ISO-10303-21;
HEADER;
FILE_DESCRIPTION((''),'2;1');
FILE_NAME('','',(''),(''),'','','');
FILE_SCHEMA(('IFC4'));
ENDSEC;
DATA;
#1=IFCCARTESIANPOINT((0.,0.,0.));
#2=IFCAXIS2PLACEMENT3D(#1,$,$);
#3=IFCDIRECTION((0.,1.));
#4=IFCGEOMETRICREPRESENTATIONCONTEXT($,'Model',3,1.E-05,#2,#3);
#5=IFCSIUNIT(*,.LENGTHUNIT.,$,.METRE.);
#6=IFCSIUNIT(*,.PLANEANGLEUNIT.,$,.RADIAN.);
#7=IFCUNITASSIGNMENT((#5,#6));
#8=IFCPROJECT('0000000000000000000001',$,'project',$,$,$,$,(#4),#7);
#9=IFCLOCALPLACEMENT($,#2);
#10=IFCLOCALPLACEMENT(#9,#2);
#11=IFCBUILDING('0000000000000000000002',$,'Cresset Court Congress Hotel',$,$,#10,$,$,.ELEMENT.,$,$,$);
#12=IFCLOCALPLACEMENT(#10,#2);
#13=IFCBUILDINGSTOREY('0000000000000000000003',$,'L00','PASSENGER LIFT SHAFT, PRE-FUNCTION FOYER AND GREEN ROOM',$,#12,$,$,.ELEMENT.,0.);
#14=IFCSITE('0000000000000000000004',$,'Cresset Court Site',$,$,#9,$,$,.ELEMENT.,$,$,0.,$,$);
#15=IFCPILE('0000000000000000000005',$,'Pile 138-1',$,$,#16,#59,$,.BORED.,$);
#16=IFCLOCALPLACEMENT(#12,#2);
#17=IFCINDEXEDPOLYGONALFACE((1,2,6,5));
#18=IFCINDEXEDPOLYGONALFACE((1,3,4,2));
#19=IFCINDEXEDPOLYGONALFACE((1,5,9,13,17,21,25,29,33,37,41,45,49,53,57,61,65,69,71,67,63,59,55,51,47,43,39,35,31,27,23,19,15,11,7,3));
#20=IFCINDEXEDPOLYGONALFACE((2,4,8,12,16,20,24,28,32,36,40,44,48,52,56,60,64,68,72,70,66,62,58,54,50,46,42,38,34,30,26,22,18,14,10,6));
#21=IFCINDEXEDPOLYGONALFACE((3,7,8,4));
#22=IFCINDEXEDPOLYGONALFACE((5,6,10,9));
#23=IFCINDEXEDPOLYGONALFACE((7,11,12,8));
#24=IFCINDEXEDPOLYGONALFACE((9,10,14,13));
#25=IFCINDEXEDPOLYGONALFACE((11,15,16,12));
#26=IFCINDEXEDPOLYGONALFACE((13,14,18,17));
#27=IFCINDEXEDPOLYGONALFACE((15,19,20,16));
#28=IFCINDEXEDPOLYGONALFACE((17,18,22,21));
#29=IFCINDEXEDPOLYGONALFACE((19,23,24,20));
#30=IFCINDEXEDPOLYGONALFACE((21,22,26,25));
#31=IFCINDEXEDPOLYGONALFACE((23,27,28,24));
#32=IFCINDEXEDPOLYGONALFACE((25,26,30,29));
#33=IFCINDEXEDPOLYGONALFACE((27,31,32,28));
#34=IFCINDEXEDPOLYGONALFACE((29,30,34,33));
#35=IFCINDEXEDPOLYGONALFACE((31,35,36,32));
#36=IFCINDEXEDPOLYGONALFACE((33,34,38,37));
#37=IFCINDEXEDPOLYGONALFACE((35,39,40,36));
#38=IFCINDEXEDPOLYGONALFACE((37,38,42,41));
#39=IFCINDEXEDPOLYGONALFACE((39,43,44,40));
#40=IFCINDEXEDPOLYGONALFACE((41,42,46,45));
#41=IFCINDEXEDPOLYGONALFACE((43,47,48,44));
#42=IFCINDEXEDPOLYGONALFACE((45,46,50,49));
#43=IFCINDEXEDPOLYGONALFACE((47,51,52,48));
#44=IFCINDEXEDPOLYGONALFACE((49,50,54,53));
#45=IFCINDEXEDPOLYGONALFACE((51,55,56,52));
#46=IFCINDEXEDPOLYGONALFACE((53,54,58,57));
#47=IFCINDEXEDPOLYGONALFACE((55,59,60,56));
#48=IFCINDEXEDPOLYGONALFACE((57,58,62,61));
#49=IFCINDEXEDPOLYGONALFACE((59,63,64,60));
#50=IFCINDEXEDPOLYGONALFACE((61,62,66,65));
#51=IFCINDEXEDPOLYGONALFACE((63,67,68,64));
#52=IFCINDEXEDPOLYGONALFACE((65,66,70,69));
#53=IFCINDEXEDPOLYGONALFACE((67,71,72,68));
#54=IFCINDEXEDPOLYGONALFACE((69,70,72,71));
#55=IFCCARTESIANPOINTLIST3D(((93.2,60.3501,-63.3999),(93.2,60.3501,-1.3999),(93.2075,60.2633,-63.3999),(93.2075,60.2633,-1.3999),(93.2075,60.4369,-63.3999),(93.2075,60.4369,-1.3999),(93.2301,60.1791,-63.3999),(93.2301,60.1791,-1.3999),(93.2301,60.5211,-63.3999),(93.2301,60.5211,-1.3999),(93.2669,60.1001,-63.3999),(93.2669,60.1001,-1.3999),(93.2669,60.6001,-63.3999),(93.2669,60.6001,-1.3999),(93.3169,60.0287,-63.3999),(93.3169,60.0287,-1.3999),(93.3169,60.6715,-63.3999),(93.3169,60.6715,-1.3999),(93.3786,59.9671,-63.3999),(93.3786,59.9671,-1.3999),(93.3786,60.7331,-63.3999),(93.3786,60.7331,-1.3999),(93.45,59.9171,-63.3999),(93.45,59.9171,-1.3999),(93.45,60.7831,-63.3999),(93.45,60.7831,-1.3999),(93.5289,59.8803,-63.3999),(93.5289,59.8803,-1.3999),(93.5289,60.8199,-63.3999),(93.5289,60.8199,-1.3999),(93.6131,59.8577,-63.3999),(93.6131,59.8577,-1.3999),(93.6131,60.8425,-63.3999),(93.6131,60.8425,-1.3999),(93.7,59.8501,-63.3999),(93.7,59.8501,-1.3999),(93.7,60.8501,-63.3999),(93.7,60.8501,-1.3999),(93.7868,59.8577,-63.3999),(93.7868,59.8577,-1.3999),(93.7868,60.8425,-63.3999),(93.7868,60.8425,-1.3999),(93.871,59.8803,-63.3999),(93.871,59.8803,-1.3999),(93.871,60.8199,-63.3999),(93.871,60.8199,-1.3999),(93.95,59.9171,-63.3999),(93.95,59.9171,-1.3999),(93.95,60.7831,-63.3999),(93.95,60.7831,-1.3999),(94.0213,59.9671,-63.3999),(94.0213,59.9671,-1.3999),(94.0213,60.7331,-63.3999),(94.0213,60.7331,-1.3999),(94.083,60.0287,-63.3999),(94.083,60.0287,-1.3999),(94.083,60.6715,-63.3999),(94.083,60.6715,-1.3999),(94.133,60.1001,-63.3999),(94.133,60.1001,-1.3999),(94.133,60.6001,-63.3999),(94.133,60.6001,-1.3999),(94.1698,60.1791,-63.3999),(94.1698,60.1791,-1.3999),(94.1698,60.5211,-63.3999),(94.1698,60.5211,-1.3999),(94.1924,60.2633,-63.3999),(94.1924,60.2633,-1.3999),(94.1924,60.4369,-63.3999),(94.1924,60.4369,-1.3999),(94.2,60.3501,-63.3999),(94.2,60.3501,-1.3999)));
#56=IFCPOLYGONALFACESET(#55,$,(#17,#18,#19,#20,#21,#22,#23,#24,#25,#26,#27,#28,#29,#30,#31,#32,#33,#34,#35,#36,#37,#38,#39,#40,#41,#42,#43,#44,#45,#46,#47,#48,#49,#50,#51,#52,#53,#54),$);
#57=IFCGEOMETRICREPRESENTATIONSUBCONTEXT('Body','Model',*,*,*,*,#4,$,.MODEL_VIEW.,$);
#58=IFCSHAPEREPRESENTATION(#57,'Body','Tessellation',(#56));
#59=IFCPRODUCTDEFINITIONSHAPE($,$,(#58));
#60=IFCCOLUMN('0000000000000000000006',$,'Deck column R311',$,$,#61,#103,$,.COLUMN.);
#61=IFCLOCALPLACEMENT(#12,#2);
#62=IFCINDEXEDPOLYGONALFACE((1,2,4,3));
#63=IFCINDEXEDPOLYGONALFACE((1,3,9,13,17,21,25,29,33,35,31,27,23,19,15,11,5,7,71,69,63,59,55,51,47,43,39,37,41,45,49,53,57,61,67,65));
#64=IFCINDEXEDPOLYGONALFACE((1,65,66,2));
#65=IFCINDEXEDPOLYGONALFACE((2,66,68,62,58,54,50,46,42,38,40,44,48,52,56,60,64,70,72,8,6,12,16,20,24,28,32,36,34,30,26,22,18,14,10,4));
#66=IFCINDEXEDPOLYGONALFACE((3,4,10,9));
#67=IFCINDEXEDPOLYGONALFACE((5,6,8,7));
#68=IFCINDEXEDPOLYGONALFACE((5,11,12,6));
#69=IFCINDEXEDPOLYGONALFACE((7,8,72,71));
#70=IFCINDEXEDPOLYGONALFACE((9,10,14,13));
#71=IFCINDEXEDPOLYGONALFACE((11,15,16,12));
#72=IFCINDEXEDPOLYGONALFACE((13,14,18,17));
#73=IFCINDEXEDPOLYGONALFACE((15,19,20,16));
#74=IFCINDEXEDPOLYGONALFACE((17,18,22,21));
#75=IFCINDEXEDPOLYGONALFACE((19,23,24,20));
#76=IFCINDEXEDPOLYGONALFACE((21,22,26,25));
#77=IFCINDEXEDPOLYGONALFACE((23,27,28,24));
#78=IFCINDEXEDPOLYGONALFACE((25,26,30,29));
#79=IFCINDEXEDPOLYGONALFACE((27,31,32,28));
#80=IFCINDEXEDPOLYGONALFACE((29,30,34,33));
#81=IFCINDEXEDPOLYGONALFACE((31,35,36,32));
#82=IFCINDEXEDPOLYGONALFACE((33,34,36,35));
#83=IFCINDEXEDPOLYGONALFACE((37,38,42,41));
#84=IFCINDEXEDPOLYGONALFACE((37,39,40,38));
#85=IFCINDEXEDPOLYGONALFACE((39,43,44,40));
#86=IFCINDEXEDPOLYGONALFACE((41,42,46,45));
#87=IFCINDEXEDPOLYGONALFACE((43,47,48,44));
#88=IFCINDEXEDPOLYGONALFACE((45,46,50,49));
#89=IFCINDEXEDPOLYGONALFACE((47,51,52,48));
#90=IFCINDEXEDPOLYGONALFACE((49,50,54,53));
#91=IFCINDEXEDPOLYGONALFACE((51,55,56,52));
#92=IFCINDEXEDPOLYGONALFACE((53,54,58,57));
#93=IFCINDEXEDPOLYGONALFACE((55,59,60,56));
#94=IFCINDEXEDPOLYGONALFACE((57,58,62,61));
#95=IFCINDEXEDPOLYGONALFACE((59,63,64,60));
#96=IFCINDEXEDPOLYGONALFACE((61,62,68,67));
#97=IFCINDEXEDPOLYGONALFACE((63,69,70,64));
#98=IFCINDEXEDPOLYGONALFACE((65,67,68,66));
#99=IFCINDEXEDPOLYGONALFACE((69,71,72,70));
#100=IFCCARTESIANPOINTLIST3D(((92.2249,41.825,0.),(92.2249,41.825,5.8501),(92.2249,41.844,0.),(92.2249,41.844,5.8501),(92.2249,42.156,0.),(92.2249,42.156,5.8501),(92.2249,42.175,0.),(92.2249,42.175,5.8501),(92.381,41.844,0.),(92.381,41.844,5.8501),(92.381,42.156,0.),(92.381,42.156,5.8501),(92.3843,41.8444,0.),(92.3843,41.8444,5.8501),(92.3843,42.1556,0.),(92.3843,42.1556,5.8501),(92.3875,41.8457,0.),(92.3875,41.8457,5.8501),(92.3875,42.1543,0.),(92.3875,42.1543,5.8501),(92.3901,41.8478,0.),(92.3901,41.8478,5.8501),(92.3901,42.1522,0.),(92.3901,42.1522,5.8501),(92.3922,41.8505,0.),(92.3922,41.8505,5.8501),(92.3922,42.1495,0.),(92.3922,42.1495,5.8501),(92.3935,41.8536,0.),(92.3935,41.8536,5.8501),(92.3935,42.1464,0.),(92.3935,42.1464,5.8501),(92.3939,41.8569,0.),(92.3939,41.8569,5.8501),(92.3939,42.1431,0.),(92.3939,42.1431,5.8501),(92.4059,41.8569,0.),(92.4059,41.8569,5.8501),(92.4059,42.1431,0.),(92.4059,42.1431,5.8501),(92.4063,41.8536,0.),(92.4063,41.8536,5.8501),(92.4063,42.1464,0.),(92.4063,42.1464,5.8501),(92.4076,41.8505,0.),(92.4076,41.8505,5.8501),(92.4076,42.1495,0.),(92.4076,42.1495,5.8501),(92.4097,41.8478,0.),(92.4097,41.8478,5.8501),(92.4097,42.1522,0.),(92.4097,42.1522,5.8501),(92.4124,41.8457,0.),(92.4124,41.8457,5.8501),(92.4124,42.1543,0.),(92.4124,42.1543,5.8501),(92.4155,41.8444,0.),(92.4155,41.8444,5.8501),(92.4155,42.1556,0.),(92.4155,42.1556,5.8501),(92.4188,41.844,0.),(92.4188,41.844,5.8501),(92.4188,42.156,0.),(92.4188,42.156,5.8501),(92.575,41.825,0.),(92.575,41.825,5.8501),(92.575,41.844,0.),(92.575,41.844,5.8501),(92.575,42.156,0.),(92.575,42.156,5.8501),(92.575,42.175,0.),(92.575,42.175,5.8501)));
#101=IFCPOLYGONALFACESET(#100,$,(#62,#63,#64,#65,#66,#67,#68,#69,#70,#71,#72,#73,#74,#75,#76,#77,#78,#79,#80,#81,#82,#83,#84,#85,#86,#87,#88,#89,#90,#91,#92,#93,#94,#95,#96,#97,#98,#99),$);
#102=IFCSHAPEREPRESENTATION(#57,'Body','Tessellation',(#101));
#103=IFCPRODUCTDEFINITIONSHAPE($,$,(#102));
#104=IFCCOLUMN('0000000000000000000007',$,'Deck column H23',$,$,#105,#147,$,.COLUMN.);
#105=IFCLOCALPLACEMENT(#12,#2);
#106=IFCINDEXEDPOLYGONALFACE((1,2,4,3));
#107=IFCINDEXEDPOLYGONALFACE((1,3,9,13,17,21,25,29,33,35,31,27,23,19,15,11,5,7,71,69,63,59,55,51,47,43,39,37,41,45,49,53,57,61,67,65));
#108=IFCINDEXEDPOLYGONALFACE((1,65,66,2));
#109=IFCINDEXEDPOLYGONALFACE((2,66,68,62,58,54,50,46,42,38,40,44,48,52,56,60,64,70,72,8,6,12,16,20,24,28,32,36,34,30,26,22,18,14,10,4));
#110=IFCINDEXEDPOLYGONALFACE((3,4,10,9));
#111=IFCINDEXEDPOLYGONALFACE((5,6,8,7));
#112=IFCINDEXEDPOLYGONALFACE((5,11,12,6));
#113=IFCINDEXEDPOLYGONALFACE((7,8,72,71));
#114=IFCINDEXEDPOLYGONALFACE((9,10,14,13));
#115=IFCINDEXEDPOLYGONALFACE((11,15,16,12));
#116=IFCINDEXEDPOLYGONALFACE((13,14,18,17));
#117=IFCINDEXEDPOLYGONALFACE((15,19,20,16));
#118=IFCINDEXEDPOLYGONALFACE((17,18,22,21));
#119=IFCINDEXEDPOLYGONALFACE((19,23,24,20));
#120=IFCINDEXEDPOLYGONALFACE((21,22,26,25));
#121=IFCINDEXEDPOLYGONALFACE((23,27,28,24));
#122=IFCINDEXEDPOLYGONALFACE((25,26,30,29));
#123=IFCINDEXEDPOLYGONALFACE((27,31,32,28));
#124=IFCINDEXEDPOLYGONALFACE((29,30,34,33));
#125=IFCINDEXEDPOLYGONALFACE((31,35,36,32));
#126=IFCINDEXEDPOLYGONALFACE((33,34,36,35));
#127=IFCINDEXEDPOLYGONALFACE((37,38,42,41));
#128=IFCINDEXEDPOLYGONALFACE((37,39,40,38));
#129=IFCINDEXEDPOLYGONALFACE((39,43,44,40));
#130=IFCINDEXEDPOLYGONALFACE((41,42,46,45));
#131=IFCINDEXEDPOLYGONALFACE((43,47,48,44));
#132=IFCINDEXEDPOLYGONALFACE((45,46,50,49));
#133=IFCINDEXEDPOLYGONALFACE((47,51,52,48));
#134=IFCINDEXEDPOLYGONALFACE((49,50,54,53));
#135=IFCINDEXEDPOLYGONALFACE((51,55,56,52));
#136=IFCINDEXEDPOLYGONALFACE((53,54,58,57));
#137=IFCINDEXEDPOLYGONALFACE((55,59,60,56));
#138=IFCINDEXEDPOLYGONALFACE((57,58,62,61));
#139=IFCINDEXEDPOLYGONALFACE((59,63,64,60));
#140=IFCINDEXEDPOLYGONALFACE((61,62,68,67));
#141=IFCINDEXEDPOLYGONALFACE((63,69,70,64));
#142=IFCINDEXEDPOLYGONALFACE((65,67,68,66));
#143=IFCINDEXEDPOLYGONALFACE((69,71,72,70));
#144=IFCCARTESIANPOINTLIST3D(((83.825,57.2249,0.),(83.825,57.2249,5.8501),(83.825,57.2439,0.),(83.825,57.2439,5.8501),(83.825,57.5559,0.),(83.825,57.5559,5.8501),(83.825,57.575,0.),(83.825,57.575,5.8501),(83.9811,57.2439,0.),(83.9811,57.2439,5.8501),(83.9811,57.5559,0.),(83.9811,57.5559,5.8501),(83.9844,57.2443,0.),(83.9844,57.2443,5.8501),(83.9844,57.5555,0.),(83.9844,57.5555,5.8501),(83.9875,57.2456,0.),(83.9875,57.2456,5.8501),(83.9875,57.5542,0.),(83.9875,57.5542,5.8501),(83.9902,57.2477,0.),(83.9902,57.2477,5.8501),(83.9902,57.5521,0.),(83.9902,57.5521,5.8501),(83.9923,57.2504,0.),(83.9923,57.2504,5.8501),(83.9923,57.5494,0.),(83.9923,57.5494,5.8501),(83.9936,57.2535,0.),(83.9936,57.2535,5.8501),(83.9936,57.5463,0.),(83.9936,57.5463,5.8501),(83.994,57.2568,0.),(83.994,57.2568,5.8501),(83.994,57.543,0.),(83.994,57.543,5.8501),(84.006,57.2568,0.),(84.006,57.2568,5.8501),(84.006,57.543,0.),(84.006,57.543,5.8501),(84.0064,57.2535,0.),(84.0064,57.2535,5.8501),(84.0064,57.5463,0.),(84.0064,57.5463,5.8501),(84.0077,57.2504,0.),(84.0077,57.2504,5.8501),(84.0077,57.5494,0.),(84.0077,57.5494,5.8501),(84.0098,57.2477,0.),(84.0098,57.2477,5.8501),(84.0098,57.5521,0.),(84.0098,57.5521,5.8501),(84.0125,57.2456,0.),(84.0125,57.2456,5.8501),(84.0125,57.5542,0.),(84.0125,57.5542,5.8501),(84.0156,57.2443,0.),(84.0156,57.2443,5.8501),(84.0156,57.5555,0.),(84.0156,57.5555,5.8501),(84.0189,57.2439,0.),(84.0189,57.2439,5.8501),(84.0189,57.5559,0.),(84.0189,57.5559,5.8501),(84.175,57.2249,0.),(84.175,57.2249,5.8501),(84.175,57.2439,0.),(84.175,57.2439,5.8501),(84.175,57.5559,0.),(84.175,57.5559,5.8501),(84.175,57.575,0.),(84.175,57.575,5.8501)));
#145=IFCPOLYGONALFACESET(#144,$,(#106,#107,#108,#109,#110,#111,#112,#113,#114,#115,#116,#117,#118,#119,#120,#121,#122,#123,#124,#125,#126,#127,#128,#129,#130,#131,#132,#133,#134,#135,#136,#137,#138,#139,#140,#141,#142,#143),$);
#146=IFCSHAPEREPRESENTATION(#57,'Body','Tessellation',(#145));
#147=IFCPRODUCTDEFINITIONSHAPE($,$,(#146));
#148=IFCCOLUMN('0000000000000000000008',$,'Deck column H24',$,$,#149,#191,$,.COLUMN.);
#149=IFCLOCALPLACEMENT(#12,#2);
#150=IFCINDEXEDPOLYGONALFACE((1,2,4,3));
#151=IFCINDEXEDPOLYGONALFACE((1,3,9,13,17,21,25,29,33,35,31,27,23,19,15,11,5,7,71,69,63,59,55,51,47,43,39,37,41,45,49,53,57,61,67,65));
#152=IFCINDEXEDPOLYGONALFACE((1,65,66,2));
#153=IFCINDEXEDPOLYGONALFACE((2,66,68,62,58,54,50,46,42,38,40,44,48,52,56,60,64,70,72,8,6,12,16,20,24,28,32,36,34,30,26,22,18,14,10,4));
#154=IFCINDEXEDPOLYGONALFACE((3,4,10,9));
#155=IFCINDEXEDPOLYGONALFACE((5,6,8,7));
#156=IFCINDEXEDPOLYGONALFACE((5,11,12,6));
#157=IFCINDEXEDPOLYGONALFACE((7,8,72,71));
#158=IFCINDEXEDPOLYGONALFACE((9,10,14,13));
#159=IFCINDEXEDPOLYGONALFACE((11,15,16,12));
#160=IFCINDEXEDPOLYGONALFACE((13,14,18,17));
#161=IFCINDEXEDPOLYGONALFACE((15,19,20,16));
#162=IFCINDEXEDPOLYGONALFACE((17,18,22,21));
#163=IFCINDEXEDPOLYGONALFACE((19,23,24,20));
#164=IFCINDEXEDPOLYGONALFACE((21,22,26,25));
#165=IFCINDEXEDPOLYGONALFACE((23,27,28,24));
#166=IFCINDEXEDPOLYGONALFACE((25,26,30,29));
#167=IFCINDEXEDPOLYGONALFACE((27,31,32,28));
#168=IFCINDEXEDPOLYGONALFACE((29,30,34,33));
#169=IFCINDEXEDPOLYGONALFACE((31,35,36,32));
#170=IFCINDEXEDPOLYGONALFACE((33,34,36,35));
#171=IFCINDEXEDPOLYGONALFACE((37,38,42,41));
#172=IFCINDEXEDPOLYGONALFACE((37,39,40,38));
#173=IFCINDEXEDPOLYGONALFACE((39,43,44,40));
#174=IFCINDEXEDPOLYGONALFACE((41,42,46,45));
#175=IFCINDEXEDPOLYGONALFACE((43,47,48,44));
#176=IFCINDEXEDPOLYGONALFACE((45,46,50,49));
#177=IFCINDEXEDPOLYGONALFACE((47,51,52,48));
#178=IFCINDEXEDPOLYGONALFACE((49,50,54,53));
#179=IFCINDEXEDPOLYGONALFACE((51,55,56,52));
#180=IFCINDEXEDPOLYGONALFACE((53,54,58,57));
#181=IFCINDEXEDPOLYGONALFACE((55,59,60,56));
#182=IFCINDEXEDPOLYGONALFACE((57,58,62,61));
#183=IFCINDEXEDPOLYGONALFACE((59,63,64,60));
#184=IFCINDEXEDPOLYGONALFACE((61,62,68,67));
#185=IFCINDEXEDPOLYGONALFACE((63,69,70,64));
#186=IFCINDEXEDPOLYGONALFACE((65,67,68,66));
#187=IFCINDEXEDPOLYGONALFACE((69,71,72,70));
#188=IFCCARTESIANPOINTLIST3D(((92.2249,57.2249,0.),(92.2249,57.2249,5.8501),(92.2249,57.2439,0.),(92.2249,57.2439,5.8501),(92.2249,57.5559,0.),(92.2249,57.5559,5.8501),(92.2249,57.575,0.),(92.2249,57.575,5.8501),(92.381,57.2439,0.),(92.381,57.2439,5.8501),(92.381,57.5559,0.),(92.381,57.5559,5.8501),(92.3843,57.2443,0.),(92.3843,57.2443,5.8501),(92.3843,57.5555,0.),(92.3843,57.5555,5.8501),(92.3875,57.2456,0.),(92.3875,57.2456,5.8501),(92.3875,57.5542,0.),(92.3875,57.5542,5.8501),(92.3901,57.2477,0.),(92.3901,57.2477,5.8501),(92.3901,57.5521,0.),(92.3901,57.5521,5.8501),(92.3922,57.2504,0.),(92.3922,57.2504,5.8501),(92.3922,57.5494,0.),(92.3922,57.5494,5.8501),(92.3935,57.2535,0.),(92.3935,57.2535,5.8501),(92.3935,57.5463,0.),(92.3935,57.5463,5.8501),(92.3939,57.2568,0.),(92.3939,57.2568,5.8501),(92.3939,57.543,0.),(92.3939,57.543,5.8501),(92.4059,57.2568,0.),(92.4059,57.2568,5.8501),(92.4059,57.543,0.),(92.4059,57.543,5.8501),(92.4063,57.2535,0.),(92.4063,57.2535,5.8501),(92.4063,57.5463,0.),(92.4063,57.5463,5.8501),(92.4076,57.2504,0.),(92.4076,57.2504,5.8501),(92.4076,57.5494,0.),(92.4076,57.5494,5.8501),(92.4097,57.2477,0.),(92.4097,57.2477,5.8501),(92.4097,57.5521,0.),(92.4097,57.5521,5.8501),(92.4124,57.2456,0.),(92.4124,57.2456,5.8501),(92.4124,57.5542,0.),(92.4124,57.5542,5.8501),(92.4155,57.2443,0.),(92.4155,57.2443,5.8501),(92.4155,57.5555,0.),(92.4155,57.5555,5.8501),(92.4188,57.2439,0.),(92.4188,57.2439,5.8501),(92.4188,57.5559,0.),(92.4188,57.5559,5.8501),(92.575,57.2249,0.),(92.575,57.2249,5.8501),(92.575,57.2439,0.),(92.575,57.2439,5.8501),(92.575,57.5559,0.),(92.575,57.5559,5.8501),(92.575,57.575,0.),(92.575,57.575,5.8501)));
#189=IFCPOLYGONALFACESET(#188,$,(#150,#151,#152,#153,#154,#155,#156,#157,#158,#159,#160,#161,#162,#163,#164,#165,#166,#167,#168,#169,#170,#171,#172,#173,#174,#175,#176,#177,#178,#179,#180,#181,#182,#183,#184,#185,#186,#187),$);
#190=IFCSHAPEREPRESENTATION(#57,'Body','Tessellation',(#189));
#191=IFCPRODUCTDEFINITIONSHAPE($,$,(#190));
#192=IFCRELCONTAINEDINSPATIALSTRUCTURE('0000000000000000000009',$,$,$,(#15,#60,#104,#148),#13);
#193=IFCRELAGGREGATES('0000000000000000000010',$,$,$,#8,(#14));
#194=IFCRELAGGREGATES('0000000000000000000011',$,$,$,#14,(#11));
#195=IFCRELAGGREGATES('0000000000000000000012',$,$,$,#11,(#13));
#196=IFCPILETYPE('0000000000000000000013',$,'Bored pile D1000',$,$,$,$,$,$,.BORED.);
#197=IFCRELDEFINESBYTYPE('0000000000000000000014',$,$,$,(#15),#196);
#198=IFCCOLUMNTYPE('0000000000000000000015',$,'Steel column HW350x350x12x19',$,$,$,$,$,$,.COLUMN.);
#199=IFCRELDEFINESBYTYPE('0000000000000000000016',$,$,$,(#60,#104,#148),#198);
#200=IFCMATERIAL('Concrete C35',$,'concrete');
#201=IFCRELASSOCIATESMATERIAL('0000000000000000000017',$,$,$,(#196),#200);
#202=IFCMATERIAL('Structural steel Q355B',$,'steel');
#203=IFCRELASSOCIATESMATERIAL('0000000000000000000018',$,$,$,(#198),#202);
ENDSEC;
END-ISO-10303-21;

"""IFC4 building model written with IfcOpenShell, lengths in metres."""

from ifc_helpers import new_model, si_unit, direction, frame, origin, origin_2d, place, context, subcontext, project, spatial, circle, i_section, extrude, material, material_profile, profile_set, type_object, element, save


model = new_model("IFC4")

# Units and contexts
model_context = context("Model", 3, precision=1e-05, world=origin(), true_north=direction((0.0, 1.0)))
body_context = subcontext(model_context, "Body", "Model", "MODEL_VIEW")
ifc_project = project(units=[si_unit("LENGTHUNIT", "METRE"), si_unit("PLANEANGLEUNIT", "RADIAN")], contexts=[model_context])

# Site, building, storey
site_placement = place(None, origin())
site = spatial("IfcSite", under=ifc_project, at=site_placement, Name="Cresset Court Site", CompositionType="ELEMENT", RefElevation=0.0)
building_placement = place(site_placement, origin())
building = spatial("IfcBuilding", under=site, at=building_placement, Name="Cresset Court Congress Hotel", CompositionType="ELEMENT")
storey_placement = place(building_placement, origin())
storey = spatial("IfcBuildingStorey", under=building, at=storey_placement, Name="L00", Description="PASSENGER LIFT SHAFT, PRE-FUNCTION FOYER AND GREEN ROOM", CompositionType="ELEMENT", Elevation=0.0)

# Pile
ifc_material_1 = material(Name="Concrete C35", Category="concrete")
pile_type = type_object("IfcPileType", Name="Bored pile D1000", PredefinedType="BORED", material=ifc_material_1)
pile_placement = place(storey_placement, frame((93.7, 60.3501, -1.3999), z_axis=(0.0, 0.0, -1.0), x_axis=(1.0, 0.0, 0.0)))
element("IfcPile", 1, at=pile_placement, inside=storey, type_object=pile_type, Name="Pile 138-1", PredefinedType="BORED", context=body_context, shape_type="SweptSolid", body=[
    extrude(circle(Radius=0.5, at=origin_2d()), origin(), (0.0, 0.0, 1.0), 62.0),
])

# Columns
ifc_material_2 = material(Name="Structural steel Q355B", Category="steel")
ifc_material_profile_1 = material_profile(ifc_material_2, i_section(OverallWidth=0.3501, OverallDepth=0.3501, WebThickness=0.012, FlangeThickness=0.019, FilletRadius=0.0129, at=origin_2d()), Name="HW350x350x12x19")
ifc_profile_set_1 = profile_set([ifc_material_profile_1], Name="Structural steel Q355B")
column_type_1 = type_object("IfcColumnType", Name="Steel column HW350x350x12x19", PredefinedType="COLUMN", material=ifc_profile_set_1)
for number, where, z_axis, x_axis, name in (
    (2, (92.3999, 42.0, 0.0), (0.0, 0.0, 1.0), (1.0, 0.0, 0.0), "Deck column R311"),
    (3, (84.0, 57.3999, 0.0), (0.0, 0.0, 1.0), (1.0, 0.0, 0.0), "Deck column H23"),
    (4, (92.3999, 57.3999, 0.0), (0.0, 0.0, 1.0), (1.0, 0.0, 0.0), "Deck column H24"),
):
    element("IfcColumn", number, at=place(storey_placement, frame(where, z_axis=z_axis, x_axis=x_axis)), inside=storey, type_object=column_type_1, Name=name, PredefinedType="COLUMN", context=body_context, shape_type="SweptSolid", body=[
        extrude(i_section(OverallWidth=0.3501, OverallDepth=0.3501, WebThickness=0.012, FlangeThickness=0.019, FilletRadius=0.0129, at=origin_2d()), origin(), (0.0, 0.0, 1.0), 5.8501),
    ])

save(model, "model.ifc")
